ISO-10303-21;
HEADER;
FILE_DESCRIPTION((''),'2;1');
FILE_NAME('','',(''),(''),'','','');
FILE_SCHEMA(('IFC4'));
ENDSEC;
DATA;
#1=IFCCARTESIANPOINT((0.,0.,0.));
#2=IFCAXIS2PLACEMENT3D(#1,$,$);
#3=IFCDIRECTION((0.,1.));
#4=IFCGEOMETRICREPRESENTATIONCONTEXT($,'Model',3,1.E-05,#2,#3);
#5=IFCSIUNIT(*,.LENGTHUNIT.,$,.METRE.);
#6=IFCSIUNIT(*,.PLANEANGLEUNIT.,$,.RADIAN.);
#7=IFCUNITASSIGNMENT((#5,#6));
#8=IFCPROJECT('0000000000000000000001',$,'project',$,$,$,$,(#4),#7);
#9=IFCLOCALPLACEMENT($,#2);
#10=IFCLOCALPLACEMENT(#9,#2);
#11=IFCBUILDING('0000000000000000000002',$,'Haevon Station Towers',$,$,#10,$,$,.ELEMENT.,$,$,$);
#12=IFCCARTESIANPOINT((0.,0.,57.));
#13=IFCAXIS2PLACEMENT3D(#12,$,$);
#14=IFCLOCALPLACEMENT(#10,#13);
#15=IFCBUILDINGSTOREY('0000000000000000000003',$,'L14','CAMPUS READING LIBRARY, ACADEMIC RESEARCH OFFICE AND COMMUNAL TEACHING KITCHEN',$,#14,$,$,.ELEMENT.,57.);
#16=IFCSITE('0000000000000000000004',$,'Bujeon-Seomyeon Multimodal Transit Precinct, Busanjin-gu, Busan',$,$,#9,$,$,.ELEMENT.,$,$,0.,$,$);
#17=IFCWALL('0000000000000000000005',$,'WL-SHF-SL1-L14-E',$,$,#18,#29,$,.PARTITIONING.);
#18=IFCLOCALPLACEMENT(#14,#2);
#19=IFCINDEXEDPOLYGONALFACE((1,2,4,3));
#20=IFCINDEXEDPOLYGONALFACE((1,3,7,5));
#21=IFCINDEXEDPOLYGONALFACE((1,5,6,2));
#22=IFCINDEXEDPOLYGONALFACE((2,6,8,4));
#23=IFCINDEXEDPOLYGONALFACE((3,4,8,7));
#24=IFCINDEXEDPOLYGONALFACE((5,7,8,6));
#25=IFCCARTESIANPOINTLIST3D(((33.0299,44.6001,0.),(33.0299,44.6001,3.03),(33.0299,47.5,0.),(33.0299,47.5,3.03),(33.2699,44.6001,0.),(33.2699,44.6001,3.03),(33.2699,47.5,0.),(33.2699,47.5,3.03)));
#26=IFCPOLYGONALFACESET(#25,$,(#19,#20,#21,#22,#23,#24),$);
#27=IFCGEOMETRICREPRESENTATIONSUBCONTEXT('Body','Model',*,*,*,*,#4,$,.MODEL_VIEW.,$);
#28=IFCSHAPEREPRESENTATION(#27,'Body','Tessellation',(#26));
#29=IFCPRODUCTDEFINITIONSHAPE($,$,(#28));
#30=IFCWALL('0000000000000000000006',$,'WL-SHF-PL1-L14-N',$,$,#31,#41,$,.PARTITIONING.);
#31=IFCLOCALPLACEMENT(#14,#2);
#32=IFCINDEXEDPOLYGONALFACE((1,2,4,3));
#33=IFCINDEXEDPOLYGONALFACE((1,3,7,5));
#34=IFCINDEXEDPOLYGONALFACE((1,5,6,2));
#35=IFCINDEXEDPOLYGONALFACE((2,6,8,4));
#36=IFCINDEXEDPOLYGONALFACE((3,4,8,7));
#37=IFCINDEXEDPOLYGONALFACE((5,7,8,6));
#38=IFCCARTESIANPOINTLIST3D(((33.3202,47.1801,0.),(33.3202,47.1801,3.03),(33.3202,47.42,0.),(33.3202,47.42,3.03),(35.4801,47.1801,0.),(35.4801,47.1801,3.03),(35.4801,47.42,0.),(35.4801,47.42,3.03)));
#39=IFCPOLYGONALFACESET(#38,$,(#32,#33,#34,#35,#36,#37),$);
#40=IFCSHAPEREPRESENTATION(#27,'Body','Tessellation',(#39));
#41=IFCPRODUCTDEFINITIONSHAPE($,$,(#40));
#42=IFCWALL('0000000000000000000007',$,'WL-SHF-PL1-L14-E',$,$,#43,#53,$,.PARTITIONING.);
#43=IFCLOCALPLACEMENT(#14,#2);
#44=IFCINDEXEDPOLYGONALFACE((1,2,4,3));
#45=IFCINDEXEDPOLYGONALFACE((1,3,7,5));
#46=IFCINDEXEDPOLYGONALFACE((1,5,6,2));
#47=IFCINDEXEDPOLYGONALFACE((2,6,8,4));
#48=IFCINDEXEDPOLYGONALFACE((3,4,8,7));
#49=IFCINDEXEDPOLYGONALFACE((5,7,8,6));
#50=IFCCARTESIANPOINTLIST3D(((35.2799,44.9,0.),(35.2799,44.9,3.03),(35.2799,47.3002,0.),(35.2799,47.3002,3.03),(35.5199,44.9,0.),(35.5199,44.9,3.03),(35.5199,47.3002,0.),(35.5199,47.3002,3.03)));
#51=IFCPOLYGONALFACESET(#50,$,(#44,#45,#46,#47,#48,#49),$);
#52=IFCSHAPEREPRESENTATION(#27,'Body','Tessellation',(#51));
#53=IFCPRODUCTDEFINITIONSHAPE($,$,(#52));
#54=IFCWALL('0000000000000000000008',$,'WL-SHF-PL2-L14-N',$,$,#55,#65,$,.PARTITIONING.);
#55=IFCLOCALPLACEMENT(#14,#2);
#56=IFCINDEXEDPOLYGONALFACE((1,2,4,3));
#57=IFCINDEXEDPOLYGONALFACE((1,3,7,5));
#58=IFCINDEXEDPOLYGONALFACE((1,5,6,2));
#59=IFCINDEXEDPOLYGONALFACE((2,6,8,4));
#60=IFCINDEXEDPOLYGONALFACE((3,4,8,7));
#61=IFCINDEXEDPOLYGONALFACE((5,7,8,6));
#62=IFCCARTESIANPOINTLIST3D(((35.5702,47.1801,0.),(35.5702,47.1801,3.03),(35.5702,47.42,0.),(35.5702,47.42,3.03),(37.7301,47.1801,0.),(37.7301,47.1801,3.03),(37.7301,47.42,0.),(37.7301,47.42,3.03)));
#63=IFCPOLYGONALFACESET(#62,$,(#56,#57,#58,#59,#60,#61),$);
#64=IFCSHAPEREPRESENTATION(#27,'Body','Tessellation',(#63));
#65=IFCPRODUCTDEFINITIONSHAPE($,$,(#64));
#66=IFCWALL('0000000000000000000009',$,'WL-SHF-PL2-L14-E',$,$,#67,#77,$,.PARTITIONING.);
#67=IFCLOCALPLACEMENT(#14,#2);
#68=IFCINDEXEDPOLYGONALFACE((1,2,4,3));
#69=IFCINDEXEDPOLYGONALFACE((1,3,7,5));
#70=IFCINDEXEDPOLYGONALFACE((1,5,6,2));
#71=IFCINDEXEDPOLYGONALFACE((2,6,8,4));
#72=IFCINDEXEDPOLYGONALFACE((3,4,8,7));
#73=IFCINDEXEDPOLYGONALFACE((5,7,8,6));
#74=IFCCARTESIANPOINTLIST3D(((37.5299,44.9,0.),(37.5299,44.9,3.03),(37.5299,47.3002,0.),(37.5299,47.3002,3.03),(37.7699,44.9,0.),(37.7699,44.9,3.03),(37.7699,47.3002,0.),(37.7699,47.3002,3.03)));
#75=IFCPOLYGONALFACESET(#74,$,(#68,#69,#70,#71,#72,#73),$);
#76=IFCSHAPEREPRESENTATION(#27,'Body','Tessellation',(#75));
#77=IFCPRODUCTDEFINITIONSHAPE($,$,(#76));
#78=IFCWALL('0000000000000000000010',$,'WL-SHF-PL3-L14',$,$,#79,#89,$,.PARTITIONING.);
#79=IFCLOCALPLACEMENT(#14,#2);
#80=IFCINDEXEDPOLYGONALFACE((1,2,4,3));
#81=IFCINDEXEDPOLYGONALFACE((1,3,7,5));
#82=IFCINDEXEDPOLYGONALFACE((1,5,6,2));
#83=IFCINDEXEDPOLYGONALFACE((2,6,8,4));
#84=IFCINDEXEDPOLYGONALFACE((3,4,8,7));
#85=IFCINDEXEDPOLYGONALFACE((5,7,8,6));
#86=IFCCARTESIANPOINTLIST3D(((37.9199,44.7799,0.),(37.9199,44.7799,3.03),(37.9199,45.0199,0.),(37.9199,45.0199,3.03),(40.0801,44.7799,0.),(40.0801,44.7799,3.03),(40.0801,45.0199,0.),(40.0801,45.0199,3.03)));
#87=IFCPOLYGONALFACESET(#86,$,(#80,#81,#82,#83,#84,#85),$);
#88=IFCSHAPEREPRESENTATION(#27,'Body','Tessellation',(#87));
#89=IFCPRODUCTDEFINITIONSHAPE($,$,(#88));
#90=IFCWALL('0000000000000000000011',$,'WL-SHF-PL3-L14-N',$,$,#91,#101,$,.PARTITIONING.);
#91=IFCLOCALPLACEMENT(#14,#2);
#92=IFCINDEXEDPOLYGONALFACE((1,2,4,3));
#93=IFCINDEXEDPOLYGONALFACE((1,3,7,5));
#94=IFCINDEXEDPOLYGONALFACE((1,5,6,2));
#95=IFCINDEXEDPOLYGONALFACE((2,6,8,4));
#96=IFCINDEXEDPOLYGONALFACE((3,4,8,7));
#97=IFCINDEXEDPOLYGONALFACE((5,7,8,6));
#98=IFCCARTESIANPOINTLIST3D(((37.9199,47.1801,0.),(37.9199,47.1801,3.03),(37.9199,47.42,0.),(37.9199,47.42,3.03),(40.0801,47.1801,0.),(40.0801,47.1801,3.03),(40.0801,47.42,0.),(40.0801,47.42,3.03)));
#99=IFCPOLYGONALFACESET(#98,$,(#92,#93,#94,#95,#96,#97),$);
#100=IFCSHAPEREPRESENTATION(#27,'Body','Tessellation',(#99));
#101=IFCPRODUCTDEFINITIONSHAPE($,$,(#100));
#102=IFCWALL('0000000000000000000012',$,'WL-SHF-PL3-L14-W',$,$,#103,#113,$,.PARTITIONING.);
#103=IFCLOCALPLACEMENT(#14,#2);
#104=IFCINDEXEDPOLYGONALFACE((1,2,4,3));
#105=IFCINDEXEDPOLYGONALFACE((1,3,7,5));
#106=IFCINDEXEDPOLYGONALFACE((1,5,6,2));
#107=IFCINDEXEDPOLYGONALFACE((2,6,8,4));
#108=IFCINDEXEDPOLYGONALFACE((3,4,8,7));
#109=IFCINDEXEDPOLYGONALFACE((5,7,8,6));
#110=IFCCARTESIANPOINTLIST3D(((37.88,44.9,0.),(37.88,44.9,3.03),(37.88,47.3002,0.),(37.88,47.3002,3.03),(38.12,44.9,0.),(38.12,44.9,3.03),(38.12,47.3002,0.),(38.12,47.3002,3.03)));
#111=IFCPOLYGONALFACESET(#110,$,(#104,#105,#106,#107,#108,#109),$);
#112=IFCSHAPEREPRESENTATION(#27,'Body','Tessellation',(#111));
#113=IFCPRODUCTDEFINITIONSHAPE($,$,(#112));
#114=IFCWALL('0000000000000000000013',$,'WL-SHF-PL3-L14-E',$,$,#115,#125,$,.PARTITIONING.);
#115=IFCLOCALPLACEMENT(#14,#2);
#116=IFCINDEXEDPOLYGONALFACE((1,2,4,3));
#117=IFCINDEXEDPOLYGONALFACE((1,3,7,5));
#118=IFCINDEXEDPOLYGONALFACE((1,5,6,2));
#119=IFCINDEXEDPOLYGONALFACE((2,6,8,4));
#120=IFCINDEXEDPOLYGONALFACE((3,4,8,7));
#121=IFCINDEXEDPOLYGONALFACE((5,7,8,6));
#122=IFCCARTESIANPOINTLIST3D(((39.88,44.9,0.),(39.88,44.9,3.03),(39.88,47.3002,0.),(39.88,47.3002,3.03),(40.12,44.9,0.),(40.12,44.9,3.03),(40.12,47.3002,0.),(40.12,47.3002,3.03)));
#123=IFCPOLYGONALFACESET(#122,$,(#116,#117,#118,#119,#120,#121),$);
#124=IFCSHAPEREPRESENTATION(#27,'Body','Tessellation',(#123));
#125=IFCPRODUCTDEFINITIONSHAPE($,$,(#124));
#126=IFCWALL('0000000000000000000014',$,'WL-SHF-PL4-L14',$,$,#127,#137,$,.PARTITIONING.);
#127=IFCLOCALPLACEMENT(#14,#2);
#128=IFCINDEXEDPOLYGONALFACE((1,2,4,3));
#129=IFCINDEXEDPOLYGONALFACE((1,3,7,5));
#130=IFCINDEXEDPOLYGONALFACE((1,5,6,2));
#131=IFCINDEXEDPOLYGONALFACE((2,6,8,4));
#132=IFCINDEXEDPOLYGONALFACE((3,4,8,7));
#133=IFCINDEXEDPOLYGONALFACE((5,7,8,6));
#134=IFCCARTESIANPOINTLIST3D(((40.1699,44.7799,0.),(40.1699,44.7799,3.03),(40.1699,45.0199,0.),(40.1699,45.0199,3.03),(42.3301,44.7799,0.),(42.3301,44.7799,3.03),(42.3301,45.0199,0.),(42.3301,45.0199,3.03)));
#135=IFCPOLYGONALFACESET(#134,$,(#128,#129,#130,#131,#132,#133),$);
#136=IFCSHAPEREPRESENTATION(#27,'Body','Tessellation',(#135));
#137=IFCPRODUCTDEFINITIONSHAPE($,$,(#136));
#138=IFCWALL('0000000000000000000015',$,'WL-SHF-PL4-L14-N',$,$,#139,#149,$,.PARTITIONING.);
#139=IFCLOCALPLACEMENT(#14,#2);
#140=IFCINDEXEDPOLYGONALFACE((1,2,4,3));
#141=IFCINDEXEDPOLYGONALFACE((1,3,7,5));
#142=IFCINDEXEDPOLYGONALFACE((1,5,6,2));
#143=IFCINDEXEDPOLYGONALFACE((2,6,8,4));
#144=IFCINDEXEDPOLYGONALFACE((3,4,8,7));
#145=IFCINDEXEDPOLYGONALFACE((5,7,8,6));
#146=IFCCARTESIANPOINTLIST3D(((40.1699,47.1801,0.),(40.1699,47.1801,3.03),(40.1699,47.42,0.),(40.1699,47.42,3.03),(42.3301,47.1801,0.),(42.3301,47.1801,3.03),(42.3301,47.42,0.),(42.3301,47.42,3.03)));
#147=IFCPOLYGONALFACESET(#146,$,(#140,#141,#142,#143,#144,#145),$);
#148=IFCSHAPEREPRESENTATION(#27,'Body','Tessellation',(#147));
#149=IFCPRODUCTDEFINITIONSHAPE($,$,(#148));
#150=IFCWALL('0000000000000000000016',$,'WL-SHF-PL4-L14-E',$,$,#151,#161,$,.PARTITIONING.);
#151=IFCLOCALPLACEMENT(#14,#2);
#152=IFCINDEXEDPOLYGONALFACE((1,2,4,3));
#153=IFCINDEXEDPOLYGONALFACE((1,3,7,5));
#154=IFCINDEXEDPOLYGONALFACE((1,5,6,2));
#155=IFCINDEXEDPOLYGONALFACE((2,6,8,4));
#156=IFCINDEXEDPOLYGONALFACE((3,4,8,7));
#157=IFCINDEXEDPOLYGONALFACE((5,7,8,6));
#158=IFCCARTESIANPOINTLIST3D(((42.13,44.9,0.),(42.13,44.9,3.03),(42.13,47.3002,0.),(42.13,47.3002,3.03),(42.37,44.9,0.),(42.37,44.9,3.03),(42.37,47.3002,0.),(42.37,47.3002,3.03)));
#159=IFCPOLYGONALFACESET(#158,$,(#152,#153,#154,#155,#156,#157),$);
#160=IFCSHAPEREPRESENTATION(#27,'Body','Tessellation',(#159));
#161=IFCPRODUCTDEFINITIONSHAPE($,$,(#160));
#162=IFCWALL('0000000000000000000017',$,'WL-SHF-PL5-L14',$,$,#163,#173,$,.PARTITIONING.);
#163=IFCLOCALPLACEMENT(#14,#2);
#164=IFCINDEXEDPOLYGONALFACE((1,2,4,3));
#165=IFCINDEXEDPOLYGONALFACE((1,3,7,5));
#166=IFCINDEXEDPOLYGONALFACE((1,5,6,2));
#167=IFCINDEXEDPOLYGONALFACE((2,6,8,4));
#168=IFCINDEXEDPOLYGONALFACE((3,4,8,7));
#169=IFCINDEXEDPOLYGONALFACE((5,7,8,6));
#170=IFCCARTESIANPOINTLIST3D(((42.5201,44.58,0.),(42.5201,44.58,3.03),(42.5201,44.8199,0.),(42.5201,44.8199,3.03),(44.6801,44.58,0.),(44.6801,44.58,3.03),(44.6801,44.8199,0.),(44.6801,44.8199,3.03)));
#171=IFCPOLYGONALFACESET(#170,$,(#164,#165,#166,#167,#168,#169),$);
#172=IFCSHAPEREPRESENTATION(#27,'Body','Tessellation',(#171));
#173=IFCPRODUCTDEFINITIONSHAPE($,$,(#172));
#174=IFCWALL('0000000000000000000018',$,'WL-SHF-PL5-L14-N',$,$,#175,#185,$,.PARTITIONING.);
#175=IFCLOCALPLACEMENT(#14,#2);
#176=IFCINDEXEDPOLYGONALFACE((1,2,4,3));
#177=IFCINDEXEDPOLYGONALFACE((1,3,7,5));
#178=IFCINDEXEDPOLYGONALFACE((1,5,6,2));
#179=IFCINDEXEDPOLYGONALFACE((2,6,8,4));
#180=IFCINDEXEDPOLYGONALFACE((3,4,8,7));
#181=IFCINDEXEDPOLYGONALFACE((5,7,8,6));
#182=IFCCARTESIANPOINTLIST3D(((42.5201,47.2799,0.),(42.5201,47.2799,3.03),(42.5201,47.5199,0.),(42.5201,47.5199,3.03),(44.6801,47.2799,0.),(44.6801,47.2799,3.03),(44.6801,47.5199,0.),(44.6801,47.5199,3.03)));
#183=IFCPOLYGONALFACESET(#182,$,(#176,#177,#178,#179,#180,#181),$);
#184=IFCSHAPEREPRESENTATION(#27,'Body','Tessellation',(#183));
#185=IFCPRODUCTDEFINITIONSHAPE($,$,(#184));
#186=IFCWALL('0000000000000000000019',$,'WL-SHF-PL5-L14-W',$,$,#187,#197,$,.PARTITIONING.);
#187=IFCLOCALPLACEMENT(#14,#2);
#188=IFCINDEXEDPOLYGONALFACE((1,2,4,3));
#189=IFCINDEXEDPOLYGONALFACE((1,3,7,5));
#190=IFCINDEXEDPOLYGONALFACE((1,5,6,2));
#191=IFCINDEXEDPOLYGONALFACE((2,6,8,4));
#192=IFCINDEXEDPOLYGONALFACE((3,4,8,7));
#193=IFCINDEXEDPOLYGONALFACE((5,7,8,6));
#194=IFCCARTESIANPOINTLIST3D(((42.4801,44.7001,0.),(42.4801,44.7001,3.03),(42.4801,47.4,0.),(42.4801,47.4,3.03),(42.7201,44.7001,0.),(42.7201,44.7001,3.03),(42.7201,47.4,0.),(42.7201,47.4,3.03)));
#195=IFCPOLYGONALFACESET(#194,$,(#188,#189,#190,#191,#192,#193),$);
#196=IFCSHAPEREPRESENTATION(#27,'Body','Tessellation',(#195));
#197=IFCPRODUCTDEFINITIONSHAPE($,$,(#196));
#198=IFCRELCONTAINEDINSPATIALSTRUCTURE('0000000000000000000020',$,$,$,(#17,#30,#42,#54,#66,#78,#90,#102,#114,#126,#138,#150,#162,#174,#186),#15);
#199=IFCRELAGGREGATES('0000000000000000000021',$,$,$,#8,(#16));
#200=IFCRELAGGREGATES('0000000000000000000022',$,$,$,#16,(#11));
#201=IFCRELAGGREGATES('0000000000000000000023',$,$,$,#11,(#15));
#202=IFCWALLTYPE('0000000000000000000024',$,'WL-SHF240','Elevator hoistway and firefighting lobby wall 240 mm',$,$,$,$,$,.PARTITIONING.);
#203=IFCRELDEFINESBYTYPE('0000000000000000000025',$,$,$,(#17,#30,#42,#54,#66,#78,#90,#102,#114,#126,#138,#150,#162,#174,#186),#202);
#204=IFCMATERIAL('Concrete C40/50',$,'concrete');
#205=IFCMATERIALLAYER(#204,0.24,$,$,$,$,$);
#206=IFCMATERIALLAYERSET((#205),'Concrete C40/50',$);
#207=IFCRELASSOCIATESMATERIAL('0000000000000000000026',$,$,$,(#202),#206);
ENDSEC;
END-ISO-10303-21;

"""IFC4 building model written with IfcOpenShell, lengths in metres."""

from ifc_helpers import new_model, si_unit, direction, frame, frame_2d, origin, place, context, subcontext, project, spatial, rectangle, extrude, material, layer, layer_set, type_object, element, save


model = new_model("IFC4")

# Units and contexts
model_context = context("Model", 3, precision=1e-05, world=origin(), true_north=direction((0.0, 1.0)))
body_context = subcontext(model_context, "Body", "Model", "MODEL_VIEW")
ifc_project = project(units=[si_unit("LENGTHUNIT", "METRE"), si_unit("PLANEANGLEUNIT", "RADIAN")], contexts=[model_context])

# Site, building, storey
site_placement = place(None, origin())
site = spatial("IfcSite", under=ifc_project, at=site_placement, Name="Bujeon-Seomyeon Multimodal Transit Precinct, Busanjin-gu, Busan", CompositionType="ELEMENT", RefElevation=0.0)
building_placement = place(site_placement, origin())
building = spatial("IfcBuilding", under=site, at=building_placement, Name="Haevon Station Towers", CompositionType="ELEMENT")
storey_placement = place(building_placement, frame((0.0, 0.0, 57.0)))
storey = spatial("IfcBuildingStorey", under=building, at=storey_placement, Name="L14", Description="CAMPUS READING LIBRARY, ACADEMIC RESEARCH OFFICE AND COMMUNAL TEACHING KITCHEN", CompositionType="ELEMENT", Elevation=57.0)

# Shared definitions
ifc_material_1 = material(Name="Concrete C40/50", Category="concrete")
ifc_layer_1 = layer(ifc_material_1, 0.24)
ifc_layer_set_1 = layer_set([ifc_layer_1], Name="Concrete C40/50")
wall_type_1 = type_object("IfcWallType", Name="WL-SHF240", Description="Elevator hoistway and firefighting lobby wall 240 mm", PredefinedType="PARTITIONING", material=ifc_layer_set_1)

# Wall
for number, where, z_axis, x_axis, name in (
    (1, (33.1499, 44.6001, 0.0), (0.0, 0.0, 1.0), (0.0, 1.0, 0.0), "WL-SHF-SL1-L14-E"),
):
    element("IfcWall", number, at=place(storey_placement, frame(where, z_axis=z_axis, x_axis=x_axis)), inside=storey, type_object=wall_type_1, Name=name, PredefinedType="PARTITIONING", context=body_context, shape_type="SweptSolid", body=[
        extrude(rectangle(XDim=2.8999, YDim=0.24, at=frame_2d((1.45, 0.0))), origin(), (0.0, 0.0, 1.0), 3.03),
    ])

# Walls
wall_1_placement = place(storey_placement, frame((33.3201, 47.3, 0.0), z_axis=(0.0, 0.0, 1.0), x_axis=(1.0, 0.0, 0.0)))
element("IfcWall", 2, at=wall_1_placement, inside=storey, type_object=wall_type_1, Name="WL-SHF-PL1-L14-N", PredefinedType="PARTITIONING", context=body_context, shape_type="SweptSolid", body=[
    extrude(rectangle(XDim=2.1599, YDim=0.24, at=frame_2d((1.0801, 0.0))), origin(), (0.0, 0.0, 1.0), 3.03),
])
wall_2_placement = place(storey_placement, frame((35.3999, 44.8999, 0.0), z_axis=(0.0, 0.0, 1.0), x_axis=(0.0, 1.0, 0.0)))
element("IfcWall", 3, at=wall_2_placement, inside=storey, type_object=wall_type_1, Name="WL-SHF-PL1-L14-E", PredefinedType="PARTITIONING", context=body_context, shape_type="SweptSolid", body=[
    extrude(rectangle(XDim=2.4001, YDim=0.24, at=frame_2d((1.2002, 0.0))), origin(), (0.0, 0.0, 1.0), 3.03),
])

# Walls
wall_3_placement = place(storey_placement, frame((35.5701, 47.3, 0.0), z_axis=(0.0, 0.0, 1.0), x_axis=(1.0, 0.0, 0.0)))
element("IfcWall", 4, at=wall_3_placement, inside=storey, type_object=wall_type_1, Name="WL-SHF-PL2-L14-N", PredefinedType="PARTITIONING", context=body_context, shape_type="SweptSolid", body=[
    extrude(rectangle(XDim=2.1599, YDim=0.24, at=frame_2d((1.0801, 0.0))), origin(), (0.0, 0.0, 1.0), 3.03),
])
wall_4_placement = place(storey_placement, frame((37.6499, 44.8999, 0.0), z_axis=(0.0, 0.0, 1.0), x_axis=(0.0, 1.0, 0.0)))
element("IfcWall", 5, at=wall_4_placement, inside=storey, type_object=wall_type_1, Name="WL-SHF-PL2-L14-E", PredefinedType="PARTITIONING", context=body_context, shape_type="SweptSolid", body=[
    extrude(rectangle(XDim=2.4001, YDim=0.24, at=frame_2d((1.2002, 0.0))), origin(), (0.0, 0.0, 1.0), 3.03),
])
for number, where, z_axis, x_axis, name in (
    (6, (37.9199, 44.8999, 0.0), (0.0, 0.0, 1.0), (1.0, 0.0, 0.0), "WL-SHF-PL3-L14"),
    (7, (37.9199, 47.3, 0.0), (0.0, 0.0, 1.0), (1.0, 0.0, 0.0), "WL-SHF-PL3-L14-N"),
):
    element("IfcWall", number, at=place(storey_placement, frame(where, z_axis=z_axis, x_axis=x_axis)), inside=storey, type_object=wall_type_1, Name=name, PredefinedType="PARTITIONING", context=body_context, shape_type="SweptSolid", body=[
        extrude(rectangle(XDim=2.1602, YDim=0.24, at=frame_2d((1.0801, 0.0))), origin(), (0.0, 0.0, 1.0), 3.03),
    ])
for number, where, z_axis, x_axis, name in (
    (8, (38.0, 44.8999, 0.0), (0.0, 0.0, 1.0), (0.0, 1.0, 0.0), "WL-SHF-PL3-L14-W"),
    (9, (40.0, 44.8999, 0.0), (0.0, 0.0, 1.0), (0.0, 1.0, 0.0), "WL-SHF-PL3-L14-E"),
):
    element("IfcWall", number, at=place(storey_placement, frame(where, z_axis=z_axis, x_axis=x_axis)), inside=storey, type_object=wall_type_1, Name=name, PredefinedType="PARTITIONING", context=body_context, shape_type="SweptSolid", body=[
        extrude(rectangle(XDim=2.4001, YDim=0.24, at=frame_2d((1.2002, 0.0))), origin(), (0.0, 0.0, 1.0), 3.03),
    ])
for number, where, z_axis, x_axis, name in (
    (10, (40.1699, 44.8999, 0.0), (0.0, 0.0, 1.0), (1.0, 0.0, 0.0), "WL-SHF-PL4-L14"),
    (11, (40.1699, 47.3, 0.0), (0.0, 0.0, 1.0), (1.0, 0.0, 0.0), "WL-SHF-PL4-L14-N"),
):
    element("IfcWall", number, at=place(storey_placement, frame(where, z_axis=z_axis, x_axis=x_axis)), inside=storey, type_object=wall_type_1, Name=name, PredefinedType="PARTITIONING", context=body_context, shape_type="SweptSolid", body=[
        extrude(rectangle(XDim=2.1602, YDim=0.24, at=frame_2d((1.0801, 0.0))), origin(), (0.0, 0.0, 1.0), 3.03),
    ])
wall_5_placement = place(storey_placement, frame((42.25, 44.8999, 0.0), z_axis=(0.0, 0.0, 1.0), x_axis=(0.0, 1.0, 0.0)))
element("IfcWall", 12, at=wall_5_placement, inside=storey, type_object=wall_type_1, Name="WL-SHF-PL4-L14-E", PredefinedType="PARTITIONING", context=body_context, shape_type="SweptSolid", body=[
    extrude(rectangle(XDim=2.4001, YDim=0.24, at=frame_2d((1.2002, 0.0))), origin(), (0.0, 0.0, 1.0), 3.03),
])
for number, where, z_axis, x_axis, name in (
    (13, (42.52, 44.7, 0.0), (0.0, 0.0, 1.0), (1.0, 0.0, 0.0), "WL-SHF-PL5-L14"),
    (14, (42.52, 47.3999, 0.0), (0.0, 0.0, 1.0), (1.0, 0.0, 0.0), "WL-SHF-PL5-L14-N"),
):
    element("IfcWall", number, at=place(storey_placement, frame(where, z_axis=z_axis, x_axis=x_axis)), inside=storey, type_object=wall_type_1, Name=name, PredefinedType="PARTITIONING", context=body_context, shape_type="SweptSolid", body=[
        extrude(rectangle(XDim=2.1599, YDim=0.24, at=frame_2d((1.0801, 0.0))), origin(), (0.0, 0.0, 1.0), 3.03),
    ])
wall_6_placement = place(storey_placement, frame((42.6001, 44.7, 0.0), z_axis=(0.0, 0.0, 1.0), x_axis=(0.0, 1.0, 0.0)))
element("IfcWall", 15, at=wall_6_placement, inside=storey, type_object=wall_type_1, Name="WL-SHF-PL5-L14-W", PredefinedType="PARTITIONING", context=body_context, shape_type="SweptSolid", body=[
    extrude(rectangle(XDim=2.7, YDim=0.24, at=frame_2d((1.3501, 0.0))), origin(), (0.0, 0.0, 1.0), 3.03),
])

save(model, "model.ifc")
